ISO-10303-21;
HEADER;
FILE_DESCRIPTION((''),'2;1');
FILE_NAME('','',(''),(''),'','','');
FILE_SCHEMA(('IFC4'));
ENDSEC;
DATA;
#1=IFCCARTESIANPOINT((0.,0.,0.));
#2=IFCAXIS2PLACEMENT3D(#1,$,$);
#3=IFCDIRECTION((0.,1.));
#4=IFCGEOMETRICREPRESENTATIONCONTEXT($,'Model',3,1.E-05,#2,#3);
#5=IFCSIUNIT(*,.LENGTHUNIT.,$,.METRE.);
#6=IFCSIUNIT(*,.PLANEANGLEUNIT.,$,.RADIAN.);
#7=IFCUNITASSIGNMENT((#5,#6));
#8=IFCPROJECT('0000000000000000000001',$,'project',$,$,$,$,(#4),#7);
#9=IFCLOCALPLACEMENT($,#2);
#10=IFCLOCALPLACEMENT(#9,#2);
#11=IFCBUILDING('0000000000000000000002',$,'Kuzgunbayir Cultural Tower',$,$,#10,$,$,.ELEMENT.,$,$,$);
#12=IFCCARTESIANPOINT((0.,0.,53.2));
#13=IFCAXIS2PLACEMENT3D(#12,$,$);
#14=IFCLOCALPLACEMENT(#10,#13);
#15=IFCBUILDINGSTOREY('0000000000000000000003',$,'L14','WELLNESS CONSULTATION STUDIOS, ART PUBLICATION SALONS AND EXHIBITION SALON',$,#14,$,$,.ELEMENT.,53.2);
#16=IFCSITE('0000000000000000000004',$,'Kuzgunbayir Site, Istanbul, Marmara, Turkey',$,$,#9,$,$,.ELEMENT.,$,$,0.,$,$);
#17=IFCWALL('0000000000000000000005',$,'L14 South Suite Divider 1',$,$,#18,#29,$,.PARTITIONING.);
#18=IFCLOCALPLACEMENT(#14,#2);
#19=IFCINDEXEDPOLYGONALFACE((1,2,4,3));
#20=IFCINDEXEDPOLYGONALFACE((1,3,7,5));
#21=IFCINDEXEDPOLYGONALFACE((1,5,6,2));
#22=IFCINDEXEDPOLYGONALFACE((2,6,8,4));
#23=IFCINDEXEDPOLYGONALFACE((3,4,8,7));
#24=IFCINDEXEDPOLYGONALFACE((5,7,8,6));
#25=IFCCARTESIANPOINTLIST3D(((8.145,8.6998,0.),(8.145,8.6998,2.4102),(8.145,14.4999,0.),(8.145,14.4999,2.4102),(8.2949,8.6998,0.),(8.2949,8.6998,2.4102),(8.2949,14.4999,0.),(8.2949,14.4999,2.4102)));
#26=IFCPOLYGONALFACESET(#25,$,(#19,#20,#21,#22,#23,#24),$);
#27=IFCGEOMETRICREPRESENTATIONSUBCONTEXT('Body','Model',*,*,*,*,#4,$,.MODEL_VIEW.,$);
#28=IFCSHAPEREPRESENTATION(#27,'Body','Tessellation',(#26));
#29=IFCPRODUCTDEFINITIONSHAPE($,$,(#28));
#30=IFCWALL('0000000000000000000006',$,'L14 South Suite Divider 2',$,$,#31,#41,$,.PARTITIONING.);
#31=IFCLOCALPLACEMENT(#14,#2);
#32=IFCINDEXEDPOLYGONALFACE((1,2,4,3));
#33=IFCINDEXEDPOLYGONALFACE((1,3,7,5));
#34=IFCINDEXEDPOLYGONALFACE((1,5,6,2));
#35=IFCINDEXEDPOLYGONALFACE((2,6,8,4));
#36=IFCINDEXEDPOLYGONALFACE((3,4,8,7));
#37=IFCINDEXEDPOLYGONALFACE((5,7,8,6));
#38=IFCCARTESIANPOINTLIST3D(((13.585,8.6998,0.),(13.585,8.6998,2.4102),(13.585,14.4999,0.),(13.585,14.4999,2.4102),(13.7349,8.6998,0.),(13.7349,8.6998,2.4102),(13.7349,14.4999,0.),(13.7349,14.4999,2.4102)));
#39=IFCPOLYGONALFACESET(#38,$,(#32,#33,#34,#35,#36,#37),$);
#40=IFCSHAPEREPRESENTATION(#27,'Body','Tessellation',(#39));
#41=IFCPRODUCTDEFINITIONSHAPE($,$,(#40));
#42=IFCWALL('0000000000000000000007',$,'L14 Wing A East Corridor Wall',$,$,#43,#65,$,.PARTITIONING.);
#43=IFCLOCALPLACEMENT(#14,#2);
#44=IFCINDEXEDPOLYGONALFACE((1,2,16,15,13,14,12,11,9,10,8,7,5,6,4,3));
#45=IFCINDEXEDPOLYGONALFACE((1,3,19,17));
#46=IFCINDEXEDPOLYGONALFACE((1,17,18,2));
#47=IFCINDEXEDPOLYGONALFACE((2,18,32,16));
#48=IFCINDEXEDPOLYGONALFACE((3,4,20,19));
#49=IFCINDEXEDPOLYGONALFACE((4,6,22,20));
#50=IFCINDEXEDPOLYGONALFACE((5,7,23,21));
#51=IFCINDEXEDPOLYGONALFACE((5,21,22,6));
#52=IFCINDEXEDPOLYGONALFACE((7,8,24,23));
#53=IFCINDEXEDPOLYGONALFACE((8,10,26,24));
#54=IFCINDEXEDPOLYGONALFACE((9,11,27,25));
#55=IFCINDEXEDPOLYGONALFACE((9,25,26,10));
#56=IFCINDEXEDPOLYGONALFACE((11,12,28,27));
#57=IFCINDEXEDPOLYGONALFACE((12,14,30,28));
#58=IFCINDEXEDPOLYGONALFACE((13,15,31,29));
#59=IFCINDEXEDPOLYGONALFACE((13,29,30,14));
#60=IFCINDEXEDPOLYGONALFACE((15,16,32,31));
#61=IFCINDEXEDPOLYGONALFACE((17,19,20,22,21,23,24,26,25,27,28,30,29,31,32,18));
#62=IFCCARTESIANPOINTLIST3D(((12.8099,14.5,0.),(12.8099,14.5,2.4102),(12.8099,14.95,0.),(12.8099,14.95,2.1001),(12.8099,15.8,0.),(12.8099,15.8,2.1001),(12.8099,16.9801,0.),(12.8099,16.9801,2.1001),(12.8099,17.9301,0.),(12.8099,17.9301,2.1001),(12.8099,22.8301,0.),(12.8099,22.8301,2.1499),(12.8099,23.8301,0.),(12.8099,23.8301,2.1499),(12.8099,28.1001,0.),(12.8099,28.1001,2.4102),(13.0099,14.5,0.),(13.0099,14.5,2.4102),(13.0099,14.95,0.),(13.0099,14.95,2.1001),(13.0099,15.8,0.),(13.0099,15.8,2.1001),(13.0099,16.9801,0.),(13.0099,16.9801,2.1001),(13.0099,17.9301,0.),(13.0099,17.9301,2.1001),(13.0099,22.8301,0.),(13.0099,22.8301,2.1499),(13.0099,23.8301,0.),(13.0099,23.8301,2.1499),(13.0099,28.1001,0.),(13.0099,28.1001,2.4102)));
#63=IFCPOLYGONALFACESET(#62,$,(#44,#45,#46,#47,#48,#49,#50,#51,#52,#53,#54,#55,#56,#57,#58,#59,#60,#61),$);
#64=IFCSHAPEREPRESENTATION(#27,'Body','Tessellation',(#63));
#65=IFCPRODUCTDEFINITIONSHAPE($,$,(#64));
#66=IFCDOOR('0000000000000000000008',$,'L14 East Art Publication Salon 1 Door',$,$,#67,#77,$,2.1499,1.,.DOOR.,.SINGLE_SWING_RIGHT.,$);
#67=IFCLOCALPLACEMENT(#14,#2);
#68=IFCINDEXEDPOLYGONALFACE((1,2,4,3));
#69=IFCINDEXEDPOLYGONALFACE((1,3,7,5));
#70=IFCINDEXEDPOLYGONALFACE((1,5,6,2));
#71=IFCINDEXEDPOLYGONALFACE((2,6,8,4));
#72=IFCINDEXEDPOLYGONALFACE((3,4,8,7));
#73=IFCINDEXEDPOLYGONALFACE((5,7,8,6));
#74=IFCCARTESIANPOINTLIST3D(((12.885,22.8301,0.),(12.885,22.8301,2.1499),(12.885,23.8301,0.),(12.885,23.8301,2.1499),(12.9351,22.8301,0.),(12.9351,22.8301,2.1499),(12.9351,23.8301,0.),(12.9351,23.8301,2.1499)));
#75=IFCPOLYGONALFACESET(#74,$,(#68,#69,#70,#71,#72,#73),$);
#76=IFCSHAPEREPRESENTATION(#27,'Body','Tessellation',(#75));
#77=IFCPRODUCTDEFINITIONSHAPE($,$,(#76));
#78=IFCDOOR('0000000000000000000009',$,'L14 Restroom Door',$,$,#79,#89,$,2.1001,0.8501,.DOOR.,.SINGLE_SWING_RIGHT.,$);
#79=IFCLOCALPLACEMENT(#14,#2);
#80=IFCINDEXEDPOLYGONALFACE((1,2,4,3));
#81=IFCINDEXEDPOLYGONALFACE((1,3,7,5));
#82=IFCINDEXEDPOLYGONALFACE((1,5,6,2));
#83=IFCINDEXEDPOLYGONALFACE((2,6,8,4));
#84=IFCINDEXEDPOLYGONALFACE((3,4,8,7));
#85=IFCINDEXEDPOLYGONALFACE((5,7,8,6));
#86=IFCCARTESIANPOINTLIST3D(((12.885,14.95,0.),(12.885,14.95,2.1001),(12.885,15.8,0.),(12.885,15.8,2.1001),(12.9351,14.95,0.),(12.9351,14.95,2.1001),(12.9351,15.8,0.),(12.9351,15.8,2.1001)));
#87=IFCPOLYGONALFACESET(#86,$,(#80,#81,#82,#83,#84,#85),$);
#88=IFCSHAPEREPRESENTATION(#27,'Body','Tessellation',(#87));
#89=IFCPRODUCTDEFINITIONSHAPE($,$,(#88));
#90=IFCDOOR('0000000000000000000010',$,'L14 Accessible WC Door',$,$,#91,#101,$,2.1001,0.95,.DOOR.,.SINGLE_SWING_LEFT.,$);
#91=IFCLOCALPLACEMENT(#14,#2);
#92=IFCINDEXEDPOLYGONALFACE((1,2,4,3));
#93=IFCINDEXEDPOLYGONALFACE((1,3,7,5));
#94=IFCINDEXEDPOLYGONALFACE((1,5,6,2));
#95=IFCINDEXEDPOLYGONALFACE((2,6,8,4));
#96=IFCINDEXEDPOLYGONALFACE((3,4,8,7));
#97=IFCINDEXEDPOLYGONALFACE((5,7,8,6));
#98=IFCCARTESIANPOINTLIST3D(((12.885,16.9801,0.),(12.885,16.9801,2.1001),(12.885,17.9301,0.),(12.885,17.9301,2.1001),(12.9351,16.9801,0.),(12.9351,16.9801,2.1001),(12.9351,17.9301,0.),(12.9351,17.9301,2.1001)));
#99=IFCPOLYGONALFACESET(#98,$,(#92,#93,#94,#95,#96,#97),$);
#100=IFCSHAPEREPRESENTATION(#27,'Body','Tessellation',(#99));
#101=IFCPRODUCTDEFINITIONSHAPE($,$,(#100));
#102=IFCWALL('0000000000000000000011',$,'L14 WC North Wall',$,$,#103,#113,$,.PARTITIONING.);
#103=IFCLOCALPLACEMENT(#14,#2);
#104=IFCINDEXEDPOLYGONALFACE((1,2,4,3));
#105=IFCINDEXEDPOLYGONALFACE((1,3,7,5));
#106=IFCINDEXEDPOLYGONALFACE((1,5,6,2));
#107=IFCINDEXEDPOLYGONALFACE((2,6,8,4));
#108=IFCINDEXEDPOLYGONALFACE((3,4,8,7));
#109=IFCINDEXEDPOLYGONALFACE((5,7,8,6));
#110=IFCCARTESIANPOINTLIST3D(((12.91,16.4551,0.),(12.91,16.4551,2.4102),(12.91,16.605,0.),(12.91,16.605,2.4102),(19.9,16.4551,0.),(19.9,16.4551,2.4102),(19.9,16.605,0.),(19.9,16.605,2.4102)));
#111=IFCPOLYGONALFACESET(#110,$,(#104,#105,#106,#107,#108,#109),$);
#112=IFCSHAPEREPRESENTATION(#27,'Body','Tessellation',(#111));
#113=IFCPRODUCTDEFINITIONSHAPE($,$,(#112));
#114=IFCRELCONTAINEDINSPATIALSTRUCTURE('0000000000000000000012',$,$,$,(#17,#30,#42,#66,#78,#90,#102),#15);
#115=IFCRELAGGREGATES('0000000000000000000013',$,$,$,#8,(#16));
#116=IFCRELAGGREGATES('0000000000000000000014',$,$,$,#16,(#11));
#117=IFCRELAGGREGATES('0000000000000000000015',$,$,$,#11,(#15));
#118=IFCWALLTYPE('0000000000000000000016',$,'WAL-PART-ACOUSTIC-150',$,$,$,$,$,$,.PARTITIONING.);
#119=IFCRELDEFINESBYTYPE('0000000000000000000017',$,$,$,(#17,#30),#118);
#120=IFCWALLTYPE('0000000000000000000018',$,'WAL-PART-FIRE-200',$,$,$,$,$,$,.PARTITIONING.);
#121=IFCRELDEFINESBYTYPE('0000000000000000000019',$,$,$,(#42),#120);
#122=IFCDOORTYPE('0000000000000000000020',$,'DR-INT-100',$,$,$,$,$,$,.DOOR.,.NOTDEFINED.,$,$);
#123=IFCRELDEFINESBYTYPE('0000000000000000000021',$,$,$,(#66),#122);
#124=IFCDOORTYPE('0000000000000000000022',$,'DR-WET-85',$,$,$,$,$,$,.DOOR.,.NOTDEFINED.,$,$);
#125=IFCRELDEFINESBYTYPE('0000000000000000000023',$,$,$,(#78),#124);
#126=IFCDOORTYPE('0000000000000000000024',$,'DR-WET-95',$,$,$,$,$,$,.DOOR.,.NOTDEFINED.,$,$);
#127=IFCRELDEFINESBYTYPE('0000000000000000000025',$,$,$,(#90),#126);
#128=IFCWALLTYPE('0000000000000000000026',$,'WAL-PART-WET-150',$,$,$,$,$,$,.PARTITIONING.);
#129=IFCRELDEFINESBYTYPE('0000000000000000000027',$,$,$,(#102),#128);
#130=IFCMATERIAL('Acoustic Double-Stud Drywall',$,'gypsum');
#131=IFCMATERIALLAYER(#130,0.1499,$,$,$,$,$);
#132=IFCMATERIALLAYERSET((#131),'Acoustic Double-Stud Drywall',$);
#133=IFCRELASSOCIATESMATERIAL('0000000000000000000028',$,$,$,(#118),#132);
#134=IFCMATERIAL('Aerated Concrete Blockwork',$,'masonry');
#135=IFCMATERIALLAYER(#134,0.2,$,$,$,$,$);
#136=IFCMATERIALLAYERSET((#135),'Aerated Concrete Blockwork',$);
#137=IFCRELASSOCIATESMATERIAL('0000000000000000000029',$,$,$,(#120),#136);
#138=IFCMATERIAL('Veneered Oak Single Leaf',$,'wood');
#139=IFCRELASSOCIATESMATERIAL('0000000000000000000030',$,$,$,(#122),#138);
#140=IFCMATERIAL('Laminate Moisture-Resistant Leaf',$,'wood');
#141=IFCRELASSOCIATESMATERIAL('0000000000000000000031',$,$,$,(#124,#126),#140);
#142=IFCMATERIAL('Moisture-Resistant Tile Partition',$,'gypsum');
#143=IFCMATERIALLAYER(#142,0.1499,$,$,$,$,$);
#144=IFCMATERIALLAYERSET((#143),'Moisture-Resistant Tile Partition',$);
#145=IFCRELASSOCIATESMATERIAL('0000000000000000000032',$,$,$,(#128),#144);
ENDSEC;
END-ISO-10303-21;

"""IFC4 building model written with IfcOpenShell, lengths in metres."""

from ifc_helpers import new_model, si_unit, direction, frame, frame_2d, origin, place, context, subcontext, project, spatial, rectangle, extrude, material, layer, layer_set, type_object, element, fill, save


model = new_model("IFC4")

# Units and contexts
model_context = context("Model", 3, precision=1e-05, world=origin(), true_north=direction((0.0, 1.0)))
body_context = subcontext(model_context, "Body", "Model", "MODEL_VIEW")
ifc_project = project(units=[si_unit("LENGTHUNIT", "METRE"), si_unit("PLANEANGLEUNIT", "RADIAN")], contexts=[model_context])

# Site, building, storey
site_placement = place(None, origin())
site = spatial("IfcSite", under=ifc_project, at=site_placement, Name="Kuzgunbayir Site, Istanbul, Marmara, Turkey", CompositionType="ELEMENT", RefElevation=0.0)
building_placement = place(site_placement, origin())
building = spatial("IfcBuilding", under=site, at=building_placement, Name="Kuzgunbayir Cultural Tower", CompositionType="ELEMENT")
storey_placement = place(building_placement, frame((0.0, 0.0, 53.2)))
storey = spatial("IfcBuildingStorey", under=building, at=storey_placement, Name="L14", Description="WELLNESS CONSULTATION STUDIOS, ART PUBLICATION SALONS AND EXHIBITION SALON", CompositionType="ELEMENT", Elevation=53.2)

# Walls
ifc_material_1 = material(Name="Acoustic Double-Stud Drywall", Category="gypsum")
ifc_layer_1 = layer(ifc_material_1, 0.1499)
ifc_layer_set_1 = layer_set([ifc_layer_1], Name="Acoustic Double-Stud Drywall")
wall_type_1 = type_object("IfcWallType", Name="WAL-PART-ACOUSTIC-150", PredefinedType="PARTITIONING", material=ifc_layer_set_1)
for number, where, z_axis, x_axis, name in (
    (1, (8.22, 8.7, 0.0), (0.0, 0.0, 1.0), (0.0, 1.0, 0.0), "L14 South Suite Divider 1"),
    (2, (13.6599, 8.7, 0.0), (0.0, 0.0, 1.0), (0.0, 1.0, 0.0), "L14 South Suite Divider 2"),
):
    element("IfcWall", number, at=place(storey_placement, frame(where, z_axis=z_axis, x_axis=x_axis)), inside=storey, type_object=wall_type_1, Name=name, PredefinedType="PARTITIONING", context=body_context, shape_type="SweptSolid", body=[
        extrude(rectangle(XDim=5.8, YDim=0.1499, at=frame_2d((2.8999, 0.0))), origin(), (0.0, 0.0, 1.0), 2.4102),
    ])

# Wall, openings, doors
ifc_material_2 = material(Name="Aerated Concrete Blockwork", Category="masonry")
ifc_layer_2 = layer(ifc_material_2, 0.2)
ifc_layer_set_2 = layer_set([ifc_layer_2], Name="Aerated Concrete Blockwork")
wall_type_2 = type_object("IfcWallType", Name="WAL-PART-FIRE-200", PredefinedType="PARTITIONING", material=ifc_layer_set_2)
ifc_material_3 = material(Name="Veneered Oak Single Leaf", Category="wood")
wall_1_placement = place(storey_placement, frame((12.9099, 14.5, 0.0), z_axis=(0.0, 0.0, 1.0), x_axis=(0.0, 1.0, 0.0)))
wall_1 = element("IfcWall", 3, at=wall_1_placement, inside=storey, type_object=wall_type_2, Name="L14 Wing A East Corridor Wall", PredefinedType="PARTITIONING", context=body_context, shape_type="SweptSolid", body=[
    extrude(rectangle(XDim=13.6001, YDim=0.2, at=frame_2d((6.8, 0.0))), origin(), (0.0, 0.0, 1.0), 2.4102),
])
opening_1_placement = place(wall_1_placement, frame((0.45, 0.0, 0.0)))
opening_1 = element("IfcOpeningElement", 4, at=opening_1_placement, cuts=wall_1, PredefinedType="OPENING", context=body_context, shape_type="SweptSolid", body=[
    extrude(rectangle(XDim=0.8501, YDim=2.1001, at=frame_2d((0.425, 1.05))), frame((0.0, 0.1099, 0.0), z_axis=(0.0, -1.0, 0.0), x_axis=(1.0, 0.0, 0.0)), (0.0, 0.0, 1.0), 0.22),
])
opening_2_placement = place(wall_1_placement, frame((2.48, 0.0, 0.0)))
opening_2 = element("IfcOpeningElement", 5, at=opening_2_placement, cuts=wall_1, PredefinedType="OPENING", context=body_context, shape_type="SweptSolid", body=[
    extrude(rectangle(XDim=0.95, YDim=2.1001, at=frame_2d((0.4751, 1.05))), frame((0.0, 0.1099, 0.0), z_axis=(0.0, -1.0, 0.0), x_axis=(1.0, 0.0, 0.0)), (0.0, 0.0, 1.0), 0.22),
])
opening_3_placement = place(wall_1_placement, frame((8.3301, 0.0, 0.0)))
opening_3 = element("IfcOpeningElement", 6, at=opening_3_placement, cuts=wall_1, PredefinedType="OPENING", context=body_context, shape_type="SweptSolid", body=[
    extrude(rectangle(XDim=1.0, YDim=2.1499, at=frame_2d((0.5, 1.075))), frame((0.0, 0.1099, 0.0), z_axis=(0.0, -1.0, 0.0), x_axis=(1.0, 0.0, 0.0)), (0.0, 0.0, 1.0), 0.22),
])
door_type_1 = type_object("IfcDoorType", Name="DR-INT-100", OperationType="NOTDEFINED", PredefinedType="DOOR", material=ifc_material_3)
door_1_placement = place(opening_3_placement, origin())
door_1 = element("IfcDoor", 7, at=door_1_placement, inside=storey, type_object=door_type_1, Name="L14 East Art Publication Salon 1 Door", OperationType="SINGLE_SWING_RIGHT", OverallHeight=2.1499, OverallWidth=1.0, PredefinedType="DOOR", context=body_context, shape_type="SweptSolid", body=[
    extrude(rectangle(XDim=1.0, YDim=2.1499, at=frame_2d((0.5, 1.075))), frame((0.0, 0.0249, 0.0), z_axis=(0.0, -1.0, 0.0), x_axis=(1.0, 0.0, 0.0)), (0.0, 0.0, 1.0), 0.05),
])
fill(opening_3, door_1)
ifc_material_4 = material(Name="Laminate Moisture-Resistant Leaf", Category="wood")
door_type_2 = type_object("IfcDoorType", Name="DR-WET-85", OperationType="NOTDEFINED", PredefinedType="DOOR", material=ifc_material_4)
door_2_placement = place(opening_1_placement, origin())
door_2 = element("IfcDoor", 8, at=door_2_placement, inside=storey, type_object=door_type_2, Name="L14 Restroom Door", OperationType="SINGLE_SWING_RIGHT", OverallHeight=2.1001, OverallWidth=0.8501, PredefinedType="DOOR", context=body_context, shape_type="SweptSolid", body=[
    extrude(rectangle(XDim=0.8501, YDim=2.1001, at=frame_2d((0.425, 1.05))), frame((0.0, 0.0249, 0.0), z_axis=(0.0, -1.0, 0.0), x_axis=(1.0, 0.0, 0.0)), (0.0, 0.0, 1.0), 0.05),
])
fill(opening_1, door_2)
door_type_3 = type_object("IfcDoorType", Name="DR-WET-95", OperationType="NOTDEFINED", PredefinedType="DOOR", material=ifc_material_4)
door_3_placement = place(opening_2_placement, origin())
door_3 = element("IfcDoor", 9, at=door_3_placement, inside=storey, type_object=door_type_3, Name="L14 Accessible WC Door", OperationType="SINGLE_SWING_LEFT", OverallHeight=2.1001, OverallWidth=0.95, PredefinedType="DOOR", context=body_context, shape_type="SweptSolid", body=[
    extrude(rectangle(XDim=0.95, YDim=2.1001, at=frame_2d((0.4751, 1.05))), frame((0.0, 0.0249, 0.0), z_axis=(0.0, -1.0, 0.0), x_axis=(1.0, 0.0, 0.0)), (0.0, 0.0, 1.0), 0.05),
])
fill(opening_2, door_3)

# Wall
ifc_material_5 = material(Name="Moisture-Resistant Tile Partition", Category="gypsum")
ifc_layer_3 = layer(ifc_material_5, 0.1499)
ifc_layer_set_3 = layer_set([ifc_layer_3], Name="Moisture-Resistant Tile Partition")
wall_type_3 = type_object("IfcWallType", Name="WAL-PART-WET-150", PredefinedType="PARTITIONING", material=ifc_layer_set_3)
wall_2_placement = place(storey_placement, frame((12.9099, 16.53, 0.0), z_axis=(0.0, 0.0, 1.0), x_axis=(1.0, 0.0, 0.0)))
element("IfcWall", 10, at=wall_2_placement, inside=storey, type_object=wall_type_3, Name="L14 WC North Wall", PredefinedType="PARTITIONING", context=body_context, shape_type="SweptSolid", body=[
    extrude(rectangle(XDim=6.99, YDim=0.1499, at=frame_2d((3.4951, 0.0))), origin(), (0.0, 0.0, 1.0), 2.4102),
])

save(model, "model.ifc")
